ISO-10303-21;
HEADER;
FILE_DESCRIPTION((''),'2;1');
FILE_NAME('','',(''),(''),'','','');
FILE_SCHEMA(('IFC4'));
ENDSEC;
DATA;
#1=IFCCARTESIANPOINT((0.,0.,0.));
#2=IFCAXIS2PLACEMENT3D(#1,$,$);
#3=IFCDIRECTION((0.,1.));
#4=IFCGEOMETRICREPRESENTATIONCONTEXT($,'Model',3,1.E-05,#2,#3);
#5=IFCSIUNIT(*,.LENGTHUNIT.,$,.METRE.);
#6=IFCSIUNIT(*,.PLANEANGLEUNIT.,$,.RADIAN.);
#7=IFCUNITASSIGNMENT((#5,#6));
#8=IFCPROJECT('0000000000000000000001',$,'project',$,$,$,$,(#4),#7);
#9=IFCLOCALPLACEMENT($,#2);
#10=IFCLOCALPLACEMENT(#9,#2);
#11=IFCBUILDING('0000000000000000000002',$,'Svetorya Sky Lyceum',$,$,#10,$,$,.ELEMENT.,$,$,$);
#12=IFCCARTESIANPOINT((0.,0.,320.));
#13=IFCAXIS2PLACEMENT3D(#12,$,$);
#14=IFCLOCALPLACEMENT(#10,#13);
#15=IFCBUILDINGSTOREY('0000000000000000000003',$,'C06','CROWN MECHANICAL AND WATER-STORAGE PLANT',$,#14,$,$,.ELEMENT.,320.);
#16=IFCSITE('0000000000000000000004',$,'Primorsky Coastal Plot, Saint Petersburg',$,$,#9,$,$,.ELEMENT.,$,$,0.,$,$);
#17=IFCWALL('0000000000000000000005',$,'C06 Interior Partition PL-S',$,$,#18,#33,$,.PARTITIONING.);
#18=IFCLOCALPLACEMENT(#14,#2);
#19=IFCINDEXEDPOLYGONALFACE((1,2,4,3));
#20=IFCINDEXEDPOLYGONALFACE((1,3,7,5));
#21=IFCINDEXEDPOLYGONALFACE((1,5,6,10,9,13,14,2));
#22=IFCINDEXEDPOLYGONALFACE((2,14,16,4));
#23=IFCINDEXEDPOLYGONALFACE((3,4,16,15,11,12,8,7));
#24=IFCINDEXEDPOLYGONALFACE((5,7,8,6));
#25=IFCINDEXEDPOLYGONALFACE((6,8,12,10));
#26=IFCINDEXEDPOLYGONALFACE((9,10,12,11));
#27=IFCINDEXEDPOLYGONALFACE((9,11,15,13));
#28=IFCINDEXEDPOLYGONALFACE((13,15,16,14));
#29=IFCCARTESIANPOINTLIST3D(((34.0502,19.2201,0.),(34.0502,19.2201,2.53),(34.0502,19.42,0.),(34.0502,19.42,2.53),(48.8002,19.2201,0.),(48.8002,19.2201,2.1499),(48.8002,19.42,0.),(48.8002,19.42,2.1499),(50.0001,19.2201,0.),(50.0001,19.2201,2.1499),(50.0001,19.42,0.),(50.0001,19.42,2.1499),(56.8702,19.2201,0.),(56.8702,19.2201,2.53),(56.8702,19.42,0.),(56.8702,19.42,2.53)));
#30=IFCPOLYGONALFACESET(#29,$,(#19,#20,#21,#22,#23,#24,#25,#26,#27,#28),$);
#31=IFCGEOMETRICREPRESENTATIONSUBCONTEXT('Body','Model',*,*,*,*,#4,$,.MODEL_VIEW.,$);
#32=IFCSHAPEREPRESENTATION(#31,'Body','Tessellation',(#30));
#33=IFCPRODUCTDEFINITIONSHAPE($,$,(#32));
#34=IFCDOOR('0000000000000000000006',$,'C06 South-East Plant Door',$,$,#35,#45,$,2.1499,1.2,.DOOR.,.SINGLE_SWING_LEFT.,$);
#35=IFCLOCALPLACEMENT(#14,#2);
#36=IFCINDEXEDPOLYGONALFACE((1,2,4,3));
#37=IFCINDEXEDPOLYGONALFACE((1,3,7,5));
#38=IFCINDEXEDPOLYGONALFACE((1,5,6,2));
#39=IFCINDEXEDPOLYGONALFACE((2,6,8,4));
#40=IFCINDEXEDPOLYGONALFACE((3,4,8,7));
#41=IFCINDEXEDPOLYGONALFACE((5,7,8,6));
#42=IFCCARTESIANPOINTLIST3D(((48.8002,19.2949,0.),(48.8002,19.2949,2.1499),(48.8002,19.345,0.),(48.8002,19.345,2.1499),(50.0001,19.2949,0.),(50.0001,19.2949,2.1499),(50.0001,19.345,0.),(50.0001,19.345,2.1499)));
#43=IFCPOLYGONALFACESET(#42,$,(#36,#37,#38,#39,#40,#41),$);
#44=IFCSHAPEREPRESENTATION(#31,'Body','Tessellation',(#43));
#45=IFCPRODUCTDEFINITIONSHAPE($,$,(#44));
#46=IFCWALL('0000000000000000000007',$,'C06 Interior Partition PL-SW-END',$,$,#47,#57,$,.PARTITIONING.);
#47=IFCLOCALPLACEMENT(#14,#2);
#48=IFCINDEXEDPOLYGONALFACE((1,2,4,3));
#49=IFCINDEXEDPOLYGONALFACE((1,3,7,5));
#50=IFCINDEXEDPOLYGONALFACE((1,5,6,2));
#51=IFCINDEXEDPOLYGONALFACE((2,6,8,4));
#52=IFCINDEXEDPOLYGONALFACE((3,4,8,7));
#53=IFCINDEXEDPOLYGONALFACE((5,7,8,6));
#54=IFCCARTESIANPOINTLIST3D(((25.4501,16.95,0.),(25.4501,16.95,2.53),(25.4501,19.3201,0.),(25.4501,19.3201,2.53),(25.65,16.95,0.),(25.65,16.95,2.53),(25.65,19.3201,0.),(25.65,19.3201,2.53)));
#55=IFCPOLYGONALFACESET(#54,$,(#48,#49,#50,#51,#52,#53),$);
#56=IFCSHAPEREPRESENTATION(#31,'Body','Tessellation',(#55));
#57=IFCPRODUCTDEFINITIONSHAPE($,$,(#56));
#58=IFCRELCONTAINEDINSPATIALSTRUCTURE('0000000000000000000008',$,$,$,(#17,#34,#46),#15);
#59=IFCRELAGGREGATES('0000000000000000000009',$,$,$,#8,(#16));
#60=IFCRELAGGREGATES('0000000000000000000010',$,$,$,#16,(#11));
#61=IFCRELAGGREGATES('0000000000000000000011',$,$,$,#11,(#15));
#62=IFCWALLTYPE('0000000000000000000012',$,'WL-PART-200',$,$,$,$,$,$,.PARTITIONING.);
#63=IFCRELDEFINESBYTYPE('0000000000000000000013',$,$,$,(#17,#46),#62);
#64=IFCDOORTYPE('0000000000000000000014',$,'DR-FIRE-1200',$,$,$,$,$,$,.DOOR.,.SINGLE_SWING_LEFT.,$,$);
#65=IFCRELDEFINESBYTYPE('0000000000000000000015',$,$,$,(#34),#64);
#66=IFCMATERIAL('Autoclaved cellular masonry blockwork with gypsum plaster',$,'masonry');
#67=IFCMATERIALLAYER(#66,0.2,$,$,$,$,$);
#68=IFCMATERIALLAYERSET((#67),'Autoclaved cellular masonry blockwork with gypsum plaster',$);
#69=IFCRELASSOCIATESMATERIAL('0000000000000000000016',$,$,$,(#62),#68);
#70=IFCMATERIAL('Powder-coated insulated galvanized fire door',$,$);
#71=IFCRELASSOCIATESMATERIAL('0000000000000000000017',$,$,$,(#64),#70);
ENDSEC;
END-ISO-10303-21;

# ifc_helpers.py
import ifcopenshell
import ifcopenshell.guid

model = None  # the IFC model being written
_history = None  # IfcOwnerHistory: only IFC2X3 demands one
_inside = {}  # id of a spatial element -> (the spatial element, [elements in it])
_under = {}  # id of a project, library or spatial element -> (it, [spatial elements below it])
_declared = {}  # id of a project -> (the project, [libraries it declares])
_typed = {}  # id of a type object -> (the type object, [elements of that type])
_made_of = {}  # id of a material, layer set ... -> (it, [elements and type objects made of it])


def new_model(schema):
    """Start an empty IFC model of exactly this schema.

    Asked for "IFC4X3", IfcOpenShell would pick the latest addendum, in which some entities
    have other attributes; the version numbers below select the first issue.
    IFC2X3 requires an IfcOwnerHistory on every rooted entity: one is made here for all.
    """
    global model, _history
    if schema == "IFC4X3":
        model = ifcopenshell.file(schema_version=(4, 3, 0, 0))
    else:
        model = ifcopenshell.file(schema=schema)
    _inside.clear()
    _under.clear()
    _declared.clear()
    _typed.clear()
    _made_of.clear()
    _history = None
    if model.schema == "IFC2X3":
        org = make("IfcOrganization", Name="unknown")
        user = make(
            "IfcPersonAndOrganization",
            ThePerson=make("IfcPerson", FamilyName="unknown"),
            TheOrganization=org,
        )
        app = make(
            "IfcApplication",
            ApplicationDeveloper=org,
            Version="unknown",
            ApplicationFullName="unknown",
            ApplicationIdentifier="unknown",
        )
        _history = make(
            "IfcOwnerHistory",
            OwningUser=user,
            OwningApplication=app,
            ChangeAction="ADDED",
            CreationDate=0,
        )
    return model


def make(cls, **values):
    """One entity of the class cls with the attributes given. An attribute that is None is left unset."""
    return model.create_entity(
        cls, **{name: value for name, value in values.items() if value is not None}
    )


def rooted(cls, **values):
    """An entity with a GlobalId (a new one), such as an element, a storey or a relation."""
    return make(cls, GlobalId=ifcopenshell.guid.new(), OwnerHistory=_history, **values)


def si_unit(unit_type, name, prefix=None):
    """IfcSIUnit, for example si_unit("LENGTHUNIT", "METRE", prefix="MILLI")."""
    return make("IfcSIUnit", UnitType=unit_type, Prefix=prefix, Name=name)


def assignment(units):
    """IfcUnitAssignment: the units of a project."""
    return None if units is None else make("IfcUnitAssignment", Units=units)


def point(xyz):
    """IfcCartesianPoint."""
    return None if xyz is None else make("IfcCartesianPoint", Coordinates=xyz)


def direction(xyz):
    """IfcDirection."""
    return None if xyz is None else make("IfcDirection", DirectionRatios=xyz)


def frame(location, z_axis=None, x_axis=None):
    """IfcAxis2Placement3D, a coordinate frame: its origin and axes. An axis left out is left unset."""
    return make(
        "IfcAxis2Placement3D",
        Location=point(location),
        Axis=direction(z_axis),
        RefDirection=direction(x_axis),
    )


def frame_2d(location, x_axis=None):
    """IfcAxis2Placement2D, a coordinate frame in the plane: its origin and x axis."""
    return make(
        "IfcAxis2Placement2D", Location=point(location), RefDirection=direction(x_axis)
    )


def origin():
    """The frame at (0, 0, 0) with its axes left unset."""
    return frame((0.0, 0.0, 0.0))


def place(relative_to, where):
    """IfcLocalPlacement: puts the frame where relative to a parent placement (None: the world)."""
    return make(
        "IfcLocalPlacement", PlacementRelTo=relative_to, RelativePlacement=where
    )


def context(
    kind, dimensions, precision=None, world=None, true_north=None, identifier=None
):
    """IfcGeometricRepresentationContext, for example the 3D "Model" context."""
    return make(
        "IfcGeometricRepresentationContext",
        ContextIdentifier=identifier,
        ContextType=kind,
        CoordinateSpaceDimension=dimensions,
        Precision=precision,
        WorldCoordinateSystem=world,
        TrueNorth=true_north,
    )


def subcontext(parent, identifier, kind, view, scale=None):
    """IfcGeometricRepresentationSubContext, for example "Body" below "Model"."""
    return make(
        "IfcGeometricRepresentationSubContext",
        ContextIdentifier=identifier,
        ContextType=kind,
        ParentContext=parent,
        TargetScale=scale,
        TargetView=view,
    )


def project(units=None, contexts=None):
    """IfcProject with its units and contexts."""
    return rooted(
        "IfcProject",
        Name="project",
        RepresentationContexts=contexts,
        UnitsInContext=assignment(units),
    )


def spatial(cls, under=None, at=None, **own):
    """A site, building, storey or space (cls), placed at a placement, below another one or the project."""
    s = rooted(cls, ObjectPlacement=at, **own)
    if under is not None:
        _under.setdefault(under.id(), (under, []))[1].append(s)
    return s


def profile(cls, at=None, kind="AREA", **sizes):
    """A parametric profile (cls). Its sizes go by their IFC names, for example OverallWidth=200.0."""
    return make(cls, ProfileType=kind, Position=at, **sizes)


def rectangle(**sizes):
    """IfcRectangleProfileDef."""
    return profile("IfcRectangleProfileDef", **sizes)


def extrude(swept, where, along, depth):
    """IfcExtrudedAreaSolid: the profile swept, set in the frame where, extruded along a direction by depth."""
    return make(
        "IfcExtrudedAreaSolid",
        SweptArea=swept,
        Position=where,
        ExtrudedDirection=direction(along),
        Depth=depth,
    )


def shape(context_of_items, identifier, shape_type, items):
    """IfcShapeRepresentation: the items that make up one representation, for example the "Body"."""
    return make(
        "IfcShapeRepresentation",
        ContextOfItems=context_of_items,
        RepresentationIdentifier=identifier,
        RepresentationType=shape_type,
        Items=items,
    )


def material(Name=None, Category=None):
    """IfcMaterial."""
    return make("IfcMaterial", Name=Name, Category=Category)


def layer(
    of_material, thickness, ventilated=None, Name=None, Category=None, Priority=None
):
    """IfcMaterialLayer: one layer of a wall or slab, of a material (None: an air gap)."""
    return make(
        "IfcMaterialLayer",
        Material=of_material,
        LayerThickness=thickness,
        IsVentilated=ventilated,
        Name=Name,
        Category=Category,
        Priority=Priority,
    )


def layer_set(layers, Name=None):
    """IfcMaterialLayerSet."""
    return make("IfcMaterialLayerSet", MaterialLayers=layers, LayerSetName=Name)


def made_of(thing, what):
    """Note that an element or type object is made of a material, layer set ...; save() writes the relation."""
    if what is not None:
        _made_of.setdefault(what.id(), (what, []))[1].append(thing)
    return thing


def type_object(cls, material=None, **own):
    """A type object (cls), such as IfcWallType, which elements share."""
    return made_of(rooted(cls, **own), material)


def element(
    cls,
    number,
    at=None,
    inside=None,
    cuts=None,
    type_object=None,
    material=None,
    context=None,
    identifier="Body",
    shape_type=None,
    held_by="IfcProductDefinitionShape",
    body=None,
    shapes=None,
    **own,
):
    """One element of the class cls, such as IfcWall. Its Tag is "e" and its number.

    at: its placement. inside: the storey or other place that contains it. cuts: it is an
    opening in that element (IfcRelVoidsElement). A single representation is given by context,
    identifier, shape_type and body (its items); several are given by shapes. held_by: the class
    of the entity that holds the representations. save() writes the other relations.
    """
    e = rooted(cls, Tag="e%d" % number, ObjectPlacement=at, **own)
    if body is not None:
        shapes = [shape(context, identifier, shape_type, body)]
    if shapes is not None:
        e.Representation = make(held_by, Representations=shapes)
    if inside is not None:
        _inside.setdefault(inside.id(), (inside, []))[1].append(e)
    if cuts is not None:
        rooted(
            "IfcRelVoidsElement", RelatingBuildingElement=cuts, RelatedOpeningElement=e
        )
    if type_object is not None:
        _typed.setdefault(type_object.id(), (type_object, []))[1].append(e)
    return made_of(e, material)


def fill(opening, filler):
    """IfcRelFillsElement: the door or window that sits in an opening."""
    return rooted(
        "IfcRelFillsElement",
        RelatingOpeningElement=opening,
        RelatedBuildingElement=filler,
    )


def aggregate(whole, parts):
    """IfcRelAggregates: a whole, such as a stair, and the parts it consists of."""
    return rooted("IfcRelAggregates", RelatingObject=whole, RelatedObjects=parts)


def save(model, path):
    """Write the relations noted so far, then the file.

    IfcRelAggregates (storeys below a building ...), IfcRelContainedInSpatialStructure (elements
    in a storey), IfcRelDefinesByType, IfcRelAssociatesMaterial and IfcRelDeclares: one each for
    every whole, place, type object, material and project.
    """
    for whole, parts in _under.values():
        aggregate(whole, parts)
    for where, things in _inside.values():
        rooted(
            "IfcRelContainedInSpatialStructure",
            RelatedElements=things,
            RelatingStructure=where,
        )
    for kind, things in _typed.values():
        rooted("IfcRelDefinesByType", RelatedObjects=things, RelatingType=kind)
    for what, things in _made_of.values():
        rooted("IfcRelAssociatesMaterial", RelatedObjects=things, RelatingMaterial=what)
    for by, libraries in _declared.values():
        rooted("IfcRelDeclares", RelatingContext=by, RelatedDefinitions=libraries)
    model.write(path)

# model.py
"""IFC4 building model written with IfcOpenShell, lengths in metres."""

from ifc_helpers import new_model, si_unit, direction, frame, frame_2d, origin, place, context, subcontext, project, spatial, rectangle, extrude, material, layer, layer_set, type_object, element, fill, save


model = new_model("IFC4")

# Units and contexts
model_context = context("Model", 3, precision=1e-05, world=origin(), true_north=direction((0.0, 1.0)))
body_context = subcontext(model_context, "Body", "Model", "MODEL_VIEW")
ifc_project = project(units=[si_unit("LENGTHUNIT", "METRE"), si_unit("PLANEANGLEUNIT", "RADIAN")], contexts=[model_context])

# Site, building, storey
site_placement = place(None, origin())
site = spatial("IfcSite", under=ifc_project, at=site_placement, Name="Primorsky Coastal Plot, Saint Petersburg", CompositionType="ELEMENT", RefElevation=0.0)
building_placement = place(site_placement, origin())
building = spatial("IfcBuilding", under=site, at=building_placement, Name="Svetorya Sky Lyceum", CompositionType="ELEMENT")
storey_placement = place(building_placement, frame((0.0, 0.0, 320.0)))
storey = spatial("IfcBuildingStorey", under=building, at=storey_placement, Name="C06", Description="CROWN MECHANICAL AND WATER-STORAGE PLANT", CompositionType="ELEMENT", Elevation=320.0)

# Wall, opening, door
ifc_material_1 = material(Name="Autoclaved cellular masonry blockwork with gypsum plaster", Category="masonry")
ifc_layer = layer(ifc_material_1, 0.2)
ifc_layer_set = layer_set([ifc_layer], Name="Autoclaved cellular masonry blockwork with gypsum plaster")
wall_type = type_object("IfcWallType", Name="WL-PART-200", PredefinedType="PARTITIONING", material=ifc_layer_set)
ifc_material_2 = material(Name="Powder-coated insulated galvanized fire door")
door_type = type_object("IfcDoorType", Name="DR-FIRE-1200", OperationType="SINGLE_SWING_LEFT", PredefinedType="DOOR", material=ifc_material_2)
wall_1_placement = place(storey_placement, frame((34.05, 19.3201, 0.0), z_axis=(0.0, 0.0, 1.0), x_axis=(1.0, 0.0, 0.0)))
wall_1 = element("IfcWall", 1, at=wall_1_placement, inside=storey, type_object=wall_type, Name="C06 Interior Partition PL-S", PredefinedType="PARTITIONING", context=body_context, shape_type="SweptSolid", body=[
    extrude(rectangle(XDim=22.8201, YDim=0.2, at=frame_2d((11.4102, 0.0))), origin(), (0.0, 0.0, 1.0), 2.53),
])
opening_1_placement = place(wall_1_placement, frame((14.75, 0.0, 0.0)))
opening_1 = element("IfcOpeningElement", 2, at=opening_1_placement, cuts=wall_1, PredefinedType="OPENING", context=body_context, shape_type="SweptSolid", body=[
    extrude(rectangle(XDim=1.2, YDim=2.1499, at=frame_2d((0.6001, 1.075))), frame((0.0, 0.1099, 0.0), z_axis=(0.0, -1.0, 0.0), x_axis=(1.0, 0.0, 0.0)), (0.0, 0.0, 1.0), 0.22),
])
door_1_placement = place(opening_1_placement, origin())
door_1 = element("IfcDoor", 3, at=door_1_placement, inside=storey, type_object=door_type, Name="C06 South-East Plant Door", OperationType="SINGLE_SWING_LEFT", OverallHeight=2.1499, OverallWidth=1.2, PredefinedType="DOOR", context=body_context, shape_type="SweptSolid", body=[
    extrude(rectangle(XDim=1.2, YDim=2.1499, at=frame_2d((0.6001, 1.075))), frame((0.0, 0.0249, 0.0), z_axis=(0.0, -1.0, 0.0), x_axis=(1.0, 0.0, 0.0)), (0.0, 0.0, 1.0), 0.05),
])
fill(opening_1, door_1)

# Wall
wall_2_placement = place(storey_placement, frame((25.55, 16.95, 0.0), z_axis=(0.0, 0.0, 1.0), x_axis=(0.0, 1.0, 0.0)))
element("IfcWall", 4, at=wall_2_placement, inside=storey, type_object=wall_type, Name="C06 Interior Partition PL-SW-END", PredefinedType="PARTITIONING", context=body_context, shape_type="SweptSolid", body=[
    extrude(rectangle(XDim=2.3701, YDim=0.2, at=frame_2d((1.1851, 0.0))), origin(), (0.0, 0.0, 1.0), 2.53),
])

save(model, "model.ifc")
